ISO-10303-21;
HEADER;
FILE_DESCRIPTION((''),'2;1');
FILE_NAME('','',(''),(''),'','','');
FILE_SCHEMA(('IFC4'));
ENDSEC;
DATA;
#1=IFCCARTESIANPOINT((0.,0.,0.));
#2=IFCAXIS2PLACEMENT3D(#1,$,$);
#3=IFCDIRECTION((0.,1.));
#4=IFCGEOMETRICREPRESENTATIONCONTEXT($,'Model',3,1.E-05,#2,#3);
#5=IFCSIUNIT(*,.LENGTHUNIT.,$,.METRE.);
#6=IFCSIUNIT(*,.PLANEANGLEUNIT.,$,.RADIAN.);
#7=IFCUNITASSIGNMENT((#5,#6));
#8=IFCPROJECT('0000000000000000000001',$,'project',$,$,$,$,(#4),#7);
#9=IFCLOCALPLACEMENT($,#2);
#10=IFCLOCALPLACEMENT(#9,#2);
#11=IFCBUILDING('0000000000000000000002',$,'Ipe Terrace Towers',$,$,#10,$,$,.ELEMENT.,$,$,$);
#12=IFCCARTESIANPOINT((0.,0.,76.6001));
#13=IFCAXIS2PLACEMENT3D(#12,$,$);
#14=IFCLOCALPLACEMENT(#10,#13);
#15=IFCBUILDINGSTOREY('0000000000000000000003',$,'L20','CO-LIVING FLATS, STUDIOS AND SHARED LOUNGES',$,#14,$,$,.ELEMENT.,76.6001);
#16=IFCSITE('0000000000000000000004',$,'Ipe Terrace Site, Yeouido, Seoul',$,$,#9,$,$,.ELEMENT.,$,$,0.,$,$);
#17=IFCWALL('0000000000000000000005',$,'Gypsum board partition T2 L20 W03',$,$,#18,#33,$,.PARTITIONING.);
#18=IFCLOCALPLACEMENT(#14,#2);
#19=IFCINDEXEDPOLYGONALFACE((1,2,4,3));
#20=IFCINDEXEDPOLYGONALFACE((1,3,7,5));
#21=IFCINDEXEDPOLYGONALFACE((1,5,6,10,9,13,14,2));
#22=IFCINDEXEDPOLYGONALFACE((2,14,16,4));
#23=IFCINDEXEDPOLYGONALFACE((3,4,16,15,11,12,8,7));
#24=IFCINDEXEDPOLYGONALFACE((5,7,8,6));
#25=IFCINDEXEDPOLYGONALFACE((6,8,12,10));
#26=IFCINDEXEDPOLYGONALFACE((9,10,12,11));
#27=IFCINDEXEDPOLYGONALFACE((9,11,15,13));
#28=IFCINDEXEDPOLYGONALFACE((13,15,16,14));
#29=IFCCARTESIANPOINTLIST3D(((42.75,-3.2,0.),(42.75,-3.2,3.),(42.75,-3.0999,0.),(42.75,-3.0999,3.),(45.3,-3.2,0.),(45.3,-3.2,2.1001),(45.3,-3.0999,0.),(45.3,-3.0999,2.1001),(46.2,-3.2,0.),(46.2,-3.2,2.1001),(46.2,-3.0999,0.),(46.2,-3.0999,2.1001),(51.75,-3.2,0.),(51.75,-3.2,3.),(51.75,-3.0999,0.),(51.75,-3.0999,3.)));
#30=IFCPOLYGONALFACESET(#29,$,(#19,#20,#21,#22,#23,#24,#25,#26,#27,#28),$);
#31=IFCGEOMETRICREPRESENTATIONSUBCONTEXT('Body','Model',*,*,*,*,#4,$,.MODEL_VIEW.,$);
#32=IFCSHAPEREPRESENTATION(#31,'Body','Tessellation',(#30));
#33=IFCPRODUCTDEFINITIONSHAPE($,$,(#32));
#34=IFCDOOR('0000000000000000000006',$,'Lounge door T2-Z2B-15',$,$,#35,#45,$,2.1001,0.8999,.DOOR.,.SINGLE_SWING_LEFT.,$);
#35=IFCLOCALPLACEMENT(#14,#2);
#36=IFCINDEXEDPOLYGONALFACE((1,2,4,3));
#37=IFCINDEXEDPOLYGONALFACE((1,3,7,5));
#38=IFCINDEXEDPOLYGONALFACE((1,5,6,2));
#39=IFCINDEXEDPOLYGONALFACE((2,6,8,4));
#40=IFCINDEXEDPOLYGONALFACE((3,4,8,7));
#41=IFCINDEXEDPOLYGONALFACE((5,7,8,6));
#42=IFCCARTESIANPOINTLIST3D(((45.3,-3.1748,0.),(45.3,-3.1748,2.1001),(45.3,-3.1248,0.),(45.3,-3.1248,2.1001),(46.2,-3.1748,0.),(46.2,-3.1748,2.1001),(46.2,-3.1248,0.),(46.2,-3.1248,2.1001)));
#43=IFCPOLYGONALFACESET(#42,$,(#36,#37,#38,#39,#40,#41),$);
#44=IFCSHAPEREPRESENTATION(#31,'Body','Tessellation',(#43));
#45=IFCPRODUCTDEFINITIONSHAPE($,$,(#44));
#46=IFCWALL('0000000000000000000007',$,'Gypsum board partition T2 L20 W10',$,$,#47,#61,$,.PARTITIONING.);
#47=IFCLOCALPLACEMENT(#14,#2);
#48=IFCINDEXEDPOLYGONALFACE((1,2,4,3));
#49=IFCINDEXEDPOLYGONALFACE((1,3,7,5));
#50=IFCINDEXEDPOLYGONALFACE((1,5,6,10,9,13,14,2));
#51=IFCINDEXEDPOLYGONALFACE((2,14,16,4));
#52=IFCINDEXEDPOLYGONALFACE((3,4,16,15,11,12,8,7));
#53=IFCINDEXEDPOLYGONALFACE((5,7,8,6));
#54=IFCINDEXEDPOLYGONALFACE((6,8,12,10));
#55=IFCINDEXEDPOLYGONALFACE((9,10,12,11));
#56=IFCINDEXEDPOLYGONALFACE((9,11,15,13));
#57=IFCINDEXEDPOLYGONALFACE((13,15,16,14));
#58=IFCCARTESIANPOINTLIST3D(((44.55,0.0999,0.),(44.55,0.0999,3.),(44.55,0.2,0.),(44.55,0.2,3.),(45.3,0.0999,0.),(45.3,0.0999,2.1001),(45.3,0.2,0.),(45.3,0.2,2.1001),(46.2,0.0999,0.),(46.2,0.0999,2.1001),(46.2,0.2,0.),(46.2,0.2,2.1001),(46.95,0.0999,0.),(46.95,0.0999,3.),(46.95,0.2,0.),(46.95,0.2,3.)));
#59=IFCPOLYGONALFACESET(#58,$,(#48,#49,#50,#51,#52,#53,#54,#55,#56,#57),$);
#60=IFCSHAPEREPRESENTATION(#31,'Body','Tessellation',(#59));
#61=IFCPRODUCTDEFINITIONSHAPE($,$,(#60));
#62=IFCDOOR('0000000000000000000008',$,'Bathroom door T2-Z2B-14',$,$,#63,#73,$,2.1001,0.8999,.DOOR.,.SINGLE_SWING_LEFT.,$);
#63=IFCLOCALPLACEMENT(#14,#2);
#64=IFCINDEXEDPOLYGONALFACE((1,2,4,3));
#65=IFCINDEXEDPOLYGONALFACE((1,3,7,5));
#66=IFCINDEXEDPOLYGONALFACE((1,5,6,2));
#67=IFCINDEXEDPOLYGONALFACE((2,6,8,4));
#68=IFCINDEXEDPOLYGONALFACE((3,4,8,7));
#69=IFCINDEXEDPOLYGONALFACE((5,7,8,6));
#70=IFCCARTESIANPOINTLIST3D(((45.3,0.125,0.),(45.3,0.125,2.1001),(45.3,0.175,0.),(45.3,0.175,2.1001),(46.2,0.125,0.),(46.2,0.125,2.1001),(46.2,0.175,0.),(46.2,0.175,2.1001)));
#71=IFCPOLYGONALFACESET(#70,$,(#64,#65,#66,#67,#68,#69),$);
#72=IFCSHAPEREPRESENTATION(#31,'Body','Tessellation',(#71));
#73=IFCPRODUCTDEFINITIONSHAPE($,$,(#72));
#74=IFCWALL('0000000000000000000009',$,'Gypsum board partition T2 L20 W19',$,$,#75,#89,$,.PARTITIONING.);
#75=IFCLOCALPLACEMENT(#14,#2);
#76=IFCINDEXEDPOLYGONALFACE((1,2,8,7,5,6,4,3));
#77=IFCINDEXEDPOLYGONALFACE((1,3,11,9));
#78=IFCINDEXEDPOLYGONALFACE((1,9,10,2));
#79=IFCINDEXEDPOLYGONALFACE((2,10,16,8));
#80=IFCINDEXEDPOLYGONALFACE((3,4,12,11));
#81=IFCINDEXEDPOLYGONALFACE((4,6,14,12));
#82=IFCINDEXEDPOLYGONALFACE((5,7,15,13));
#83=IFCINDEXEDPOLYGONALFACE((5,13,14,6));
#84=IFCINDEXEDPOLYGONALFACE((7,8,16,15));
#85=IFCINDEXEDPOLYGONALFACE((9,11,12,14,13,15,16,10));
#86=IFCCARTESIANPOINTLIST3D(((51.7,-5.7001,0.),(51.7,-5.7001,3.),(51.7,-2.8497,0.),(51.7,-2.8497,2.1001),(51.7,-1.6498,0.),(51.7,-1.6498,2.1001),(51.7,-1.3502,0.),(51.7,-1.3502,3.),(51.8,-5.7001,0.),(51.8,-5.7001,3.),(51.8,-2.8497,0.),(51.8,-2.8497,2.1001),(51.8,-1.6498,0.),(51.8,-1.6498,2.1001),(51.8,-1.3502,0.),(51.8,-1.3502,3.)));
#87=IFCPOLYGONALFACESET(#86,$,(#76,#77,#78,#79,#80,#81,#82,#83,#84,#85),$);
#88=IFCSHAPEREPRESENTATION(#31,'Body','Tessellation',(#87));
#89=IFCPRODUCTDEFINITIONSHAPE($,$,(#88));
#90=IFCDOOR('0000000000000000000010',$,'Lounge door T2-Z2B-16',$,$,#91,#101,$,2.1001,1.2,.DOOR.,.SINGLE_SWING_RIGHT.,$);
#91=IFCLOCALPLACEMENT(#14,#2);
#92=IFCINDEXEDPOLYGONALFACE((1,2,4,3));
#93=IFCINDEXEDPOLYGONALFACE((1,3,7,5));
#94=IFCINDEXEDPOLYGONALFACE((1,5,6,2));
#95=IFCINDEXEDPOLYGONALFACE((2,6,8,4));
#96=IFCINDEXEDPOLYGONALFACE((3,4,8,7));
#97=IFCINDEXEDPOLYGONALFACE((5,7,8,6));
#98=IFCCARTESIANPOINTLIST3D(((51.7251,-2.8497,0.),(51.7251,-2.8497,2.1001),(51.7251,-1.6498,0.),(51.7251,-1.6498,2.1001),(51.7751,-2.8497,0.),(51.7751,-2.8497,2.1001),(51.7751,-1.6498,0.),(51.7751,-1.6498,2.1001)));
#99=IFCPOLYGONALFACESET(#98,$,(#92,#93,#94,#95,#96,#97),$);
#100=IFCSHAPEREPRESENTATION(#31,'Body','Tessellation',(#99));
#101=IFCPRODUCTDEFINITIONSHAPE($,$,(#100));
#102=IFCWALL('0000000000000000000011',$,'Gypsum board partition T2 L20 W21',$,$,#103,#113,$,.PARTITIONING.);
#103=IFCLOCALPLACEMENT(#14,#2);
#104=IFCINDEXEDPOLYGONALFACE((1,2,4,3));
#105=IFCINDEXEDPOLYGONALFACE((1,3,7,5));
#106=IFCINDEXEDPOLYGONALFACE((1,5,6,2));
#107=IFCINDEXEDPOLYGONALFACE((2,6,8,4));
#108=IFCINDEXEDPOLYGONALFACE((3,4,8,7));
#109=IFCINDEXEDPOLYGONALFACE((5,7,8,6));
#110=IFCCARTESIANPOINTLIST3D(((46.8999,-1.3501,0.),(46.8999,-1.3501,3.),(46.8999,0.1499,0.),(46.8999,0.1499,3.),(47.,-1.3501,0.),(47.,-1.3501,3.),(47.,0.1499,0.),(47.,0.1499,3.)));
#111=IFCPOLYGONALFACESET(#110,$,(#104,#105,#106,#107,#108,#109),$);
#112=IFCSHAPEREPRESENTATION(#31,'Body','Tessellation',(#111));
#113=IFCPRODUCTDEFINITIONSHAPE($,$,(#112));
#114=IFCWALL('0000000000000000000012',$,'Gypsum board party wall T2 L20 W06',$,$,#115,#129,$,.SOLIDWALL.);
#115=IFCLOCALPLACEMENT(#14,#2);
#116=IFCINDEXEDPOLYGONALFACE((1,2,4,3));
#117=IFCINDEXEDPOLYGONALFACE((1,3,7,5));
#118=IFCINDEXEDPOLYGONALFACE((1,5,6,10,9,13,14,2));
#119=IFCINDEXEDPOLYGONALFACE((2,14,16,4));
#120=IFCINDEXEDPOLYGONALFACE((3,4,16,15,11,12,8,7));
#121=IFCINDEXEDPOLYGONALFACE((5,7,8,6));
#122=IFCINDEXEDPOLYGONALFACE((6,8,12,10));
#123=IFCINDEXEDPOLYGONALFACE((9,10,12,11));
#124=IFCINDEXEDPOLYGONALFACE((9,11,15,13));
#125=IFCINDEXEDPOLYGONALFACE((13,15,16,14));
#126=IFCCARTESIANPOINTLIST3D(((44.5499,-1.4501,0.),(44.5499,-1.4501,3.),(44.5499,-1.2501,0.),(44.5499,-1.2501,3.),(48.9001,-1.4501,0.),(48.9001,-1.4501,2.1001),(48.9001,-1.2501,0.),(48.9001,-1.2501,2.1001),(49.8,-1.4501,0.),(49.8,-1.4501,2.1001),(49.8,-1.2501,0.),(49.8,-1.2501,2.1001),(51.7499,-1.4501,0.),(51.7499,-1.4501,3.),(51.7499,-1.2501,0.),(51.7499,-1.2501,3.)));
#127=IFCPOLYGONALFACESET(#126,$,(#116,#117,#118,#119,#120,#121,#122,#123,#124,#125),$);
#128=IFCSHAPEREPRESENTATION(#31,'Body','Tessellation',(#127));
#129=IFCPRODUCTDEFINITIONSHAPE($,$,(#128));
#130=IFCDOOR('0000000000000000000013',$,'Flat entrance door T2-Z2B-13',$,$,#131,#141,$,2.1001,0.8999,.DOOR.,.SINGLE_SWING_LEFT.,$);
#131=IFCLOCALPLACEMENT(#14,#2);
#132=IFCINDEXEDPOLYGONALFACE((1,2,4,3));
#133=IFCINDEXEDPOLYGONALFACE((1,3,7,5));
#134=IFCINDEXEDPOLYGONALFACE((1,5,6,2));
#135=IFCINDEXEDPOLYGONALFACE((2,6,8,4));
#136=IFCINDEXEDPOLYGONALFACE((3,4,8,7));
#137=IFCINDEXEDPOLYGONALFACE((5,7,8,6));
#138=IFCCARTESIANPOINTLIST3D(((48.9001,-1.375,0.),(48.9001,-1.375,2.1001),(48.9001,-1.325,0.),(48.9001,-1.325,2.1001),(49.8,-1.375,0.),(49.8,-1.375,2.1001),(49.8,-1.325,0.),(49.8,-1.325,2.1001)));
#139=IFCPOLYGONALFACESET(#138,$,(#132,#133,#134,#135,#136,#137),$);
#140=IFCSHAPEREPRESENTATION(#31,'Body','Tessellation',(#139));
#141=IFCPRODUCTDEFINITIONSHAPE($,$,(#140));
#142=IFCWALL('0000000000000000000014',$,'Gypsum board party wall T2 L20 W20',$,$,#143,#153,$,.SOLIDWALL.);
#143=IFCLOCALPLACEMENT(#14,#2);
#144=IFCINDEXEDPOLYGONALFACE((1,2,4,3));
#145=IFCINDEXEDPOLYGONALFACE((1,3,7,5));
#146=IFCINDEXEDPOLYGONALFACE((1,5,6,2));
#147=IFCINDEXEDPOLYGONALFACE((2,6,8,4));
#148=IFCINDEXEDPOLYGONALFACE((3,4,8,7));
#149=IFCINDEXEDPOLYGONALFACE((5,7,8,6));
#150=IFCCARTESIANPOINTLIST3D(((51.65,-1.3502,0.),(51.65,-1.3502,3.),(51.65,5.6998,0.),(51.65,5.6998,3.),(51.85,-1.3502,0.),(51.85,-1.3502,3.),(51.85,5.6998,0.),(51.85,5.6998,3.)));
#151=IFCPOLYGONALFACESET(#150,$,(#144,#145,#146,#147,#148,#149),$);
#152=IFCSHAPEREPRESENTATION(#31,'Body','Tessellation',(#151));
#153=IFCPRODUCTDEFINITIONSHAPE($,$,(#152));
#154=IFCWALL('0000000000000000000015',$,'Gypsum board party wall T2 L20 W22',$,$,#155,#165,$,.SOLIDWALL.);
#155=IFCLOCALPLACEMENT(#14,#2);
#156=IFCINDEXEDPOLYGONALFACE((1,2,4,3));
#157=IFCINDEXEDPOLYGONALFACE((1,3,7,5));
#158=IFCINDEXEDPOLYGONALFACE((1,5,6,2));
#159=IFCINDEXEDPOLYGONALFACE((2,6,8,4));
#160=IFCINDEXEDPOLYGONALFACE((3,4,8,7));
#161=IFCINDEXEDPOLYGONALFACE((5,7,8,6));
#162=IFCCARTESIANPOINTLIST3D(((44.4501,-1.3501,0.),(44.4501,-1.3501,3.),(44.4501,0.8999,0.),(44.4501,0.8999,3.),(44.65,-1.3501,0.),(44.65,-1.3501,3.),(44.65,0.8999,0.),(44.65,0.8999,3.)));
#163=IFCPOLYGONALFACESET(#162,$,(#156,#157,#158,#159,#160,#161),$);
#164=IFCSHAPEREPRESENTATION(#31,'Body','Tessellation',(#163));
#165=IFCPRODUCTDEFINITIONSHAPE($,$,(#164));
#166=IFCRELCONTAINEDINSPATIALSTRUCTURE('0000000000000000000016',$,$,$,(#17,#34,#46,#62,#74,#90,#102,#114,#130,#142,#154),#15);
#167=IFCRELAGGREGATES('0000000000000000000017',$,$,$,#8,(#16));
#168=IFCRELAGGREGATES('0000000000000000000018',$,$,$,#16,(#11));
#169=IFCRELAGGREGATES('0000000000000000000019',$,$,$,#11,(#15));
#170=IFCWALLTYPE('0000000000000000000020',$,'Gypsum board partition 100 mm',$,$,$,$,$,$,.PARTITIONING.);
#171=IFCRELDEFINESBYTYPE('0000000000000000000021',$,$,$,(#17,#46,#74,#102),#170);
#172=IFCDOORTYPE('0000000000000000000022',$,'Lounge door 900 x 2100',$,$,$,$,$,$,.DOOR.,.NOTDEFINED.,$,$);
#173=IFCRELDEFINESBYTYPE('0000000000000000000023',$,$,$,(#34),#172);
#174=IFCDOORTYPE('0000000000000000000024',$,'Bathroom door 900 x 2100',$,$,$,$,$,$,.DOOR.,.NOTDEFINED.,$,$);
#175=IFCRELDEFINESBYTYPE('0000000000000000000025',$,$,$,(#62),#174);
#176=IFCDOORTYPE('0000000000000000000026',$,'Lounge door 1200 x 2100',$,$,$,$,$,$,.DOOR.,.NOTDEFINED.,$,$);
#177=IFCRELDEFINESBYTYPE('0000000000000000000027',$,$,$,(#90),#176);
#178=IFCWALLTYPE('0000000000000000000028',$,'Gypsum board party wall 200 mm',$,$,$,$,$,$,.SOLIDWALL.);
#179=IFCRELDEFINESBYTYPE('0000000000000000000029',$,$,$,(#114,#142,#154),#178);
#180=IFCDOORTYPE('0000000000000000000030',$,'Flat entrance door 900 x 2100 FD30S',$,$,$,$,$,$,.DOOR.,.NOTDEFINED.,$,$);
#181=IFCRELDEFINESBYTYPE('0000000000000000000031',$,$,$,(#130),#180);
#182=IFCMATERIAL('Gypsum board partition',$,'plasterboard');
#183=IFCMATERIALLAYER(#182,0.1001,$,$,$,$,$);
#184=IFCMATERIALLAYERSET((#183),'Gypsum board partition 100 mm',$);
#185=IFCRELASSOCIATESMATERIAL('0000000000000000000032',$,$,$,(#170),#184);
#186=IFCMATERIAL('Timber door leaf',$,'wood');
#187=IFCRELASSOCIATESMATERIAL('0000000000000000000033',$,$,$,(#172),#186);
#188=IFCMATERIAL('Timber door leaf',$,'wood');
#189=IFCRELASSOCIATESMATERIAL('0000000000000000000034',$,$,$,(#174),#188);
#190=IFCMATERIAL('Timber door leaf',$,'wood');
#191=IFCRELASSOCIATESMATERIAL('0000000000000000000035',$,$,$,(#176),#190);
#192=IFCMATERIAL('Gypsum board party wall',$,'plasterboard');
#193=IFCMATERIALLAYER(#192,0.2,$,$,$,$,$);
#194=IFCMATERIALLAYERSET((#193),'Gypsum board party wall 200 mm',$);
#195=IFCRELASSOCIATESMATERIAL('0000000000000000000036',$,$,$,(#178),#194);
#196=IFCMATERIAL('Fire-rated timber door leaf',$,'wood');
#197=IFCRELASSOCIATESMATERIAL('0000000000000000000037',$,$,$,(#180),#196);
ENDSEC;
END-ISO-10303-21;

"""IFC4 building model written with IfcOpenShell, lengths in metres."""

from ifc_helpers import new_model, si_unit, direction, frame, frame_2d, origin, place, context, subcontext, project, spatial, rectangle, extrude, material, layer, layer_set, type_object, element, fill, save


model = new_model("IFC4")

# Units and contexts
model_context = context("Model", 3, precision=1e-05, world=origin(), true_north=direction((0.0, 1.0)))
body_context = subcontext(model_context, "Body", "Model", "MODEL_VIEW")
ifc_project = project(units=[si_unit("LENGTHUNIT", "METRE"), si_unit("PLANEANGLEUNIT", "RADIAN")], contexts=[model_context])

# Site, building, storey
site_placement = place(None, origin())
site = spatial("IfcSite", under=ifc_project, at=site_placement, Name="Ipe Terrace Site, Yeouido, Seoul", CompositionType="ELEMENT", RefElevation=0.0)
building_placement = place(site_placement, origin())
building = spatial("IfcBuilding", under=site, at=building_placement, Name="Ipe Terrace Towers", CompositionType="ELEMENT")
storey_placement = place(building_placement, frame((0.0, 0.0, 76.6001)))
storey = spatial("IfcBuildingStorey", under=building, at=storey_placement, Name="L20", Description="CO-LIVING FLATS, STUDIOS AND SHARED LOUNGES", CompositionType="ELEMENT", Elevation=76.6001)

# Walls, openings, doors
ifc_material_1 = material(Name="Gypsum board partition", Category="plasterboard")
ifc_layer_1 = layer(ifc_material_1, 0.1001)
ifc_layer_set_1 = layer_set([ifc_layer_1], Name="Gypsum board partition 100 mm")
wall_type_1 = type_object("IfcWallType", Name="Gypsum board partition 100 mm", PredefinedType="PARTITIONING", material=ifc_layer_set_1)
wall_1_placement = place(storey_placement, frame((51.75, -3.1499, 0.0), z_axis=(0.0, 0.0, 1.0), x_axis=(-1.0, 0.0, 0.0)))
wall_1 = element("IfcWall", 1, at=wall_1_placement, inside=storey, type_object=wall_type_1, Name="Gypsum board partition T2 L20 W03", PredefinedType="PARTITIONING", context=body_context, shape_type="SweptSolid", body=[
    extrude(rectangle(XDim=9.0, YDim=0.1001, at=frame_2d((4.5, 0.0))), origin(), (0.0, 0.0, 1.0), 3.0),
])
opening_1_placement = place(wall_1_placement, frame((5.55, 0.0, 0.0)))
opening_1 = element("IfcOpeningElement", 2, at=opening_1_placement, cuts=wall_1, PredefinedType="OPENING", context=body_context, shape_type="SweptSolid", body=[
    extrude(rectangle(XDim=0.8999, YDim=2.1001, at=frame_2d((0.45, 1.05))), frame((0.0, 0.0601, 0.0), z_axis=(0.0, -1.0, 0.0), x_axis=(1.0, 0.0, 0.0)), (0.0, 0.0, 1.0), 0.1201),
])
ifc_material_2 = material(Name="Timber door leaf", Category="wood")
door_type_1 = type_object("IfcDoorType", Name="Lounge door 900 x 2100", OperationType="NOTDEFINED", PredefinedType="DOOR", material=ifc_material_2)
door_1_placement = place(opening_1_placement, origin())
door_1 = element("IfcDoor", 3, at=door_1_placement, inside=storey, type_object=door_type_1, Name="Lounge door T2-Z2B-15", OperationType="SINGLE_SWING_LEFT", OverallHeight=2.1001, OverallWidth=0.8999, PredefinedType="DOOR", context=body_context, shape_type="SweptSolid", body=[
    extrude(rectangle(XDim=0.8999, YDim=2.1001, at=frame_2d((0.45, 1.05))), frame((0.0, 0.0249, 0.0), z_axis=(0.0, -1.0, 0.0), x_axis=(1.0, 0.0, 0.0)), (0.0, 0.0, 1.0), 0.05),
])
fill(opening_1, door_1)
wall_2_placement = place(storey_placement, frame((46.95, 0.1499, 0.0), z_axis=(0.0, 0.0, 1.0), x_axis=(-1.0, 0.0, 0.0)))
wall_2 = element("IfcWall", 4, at=wall_2_placement, inside=storey, type_object=wall_type_1, Name="Gypsum board partition T2 L20 W10", PredefinedType="PARTITIONING", context=body_context, shape_type="SweptSolid", body=[
    extrude(rectangle(XDim=2.3999, YDim=0.1001, at=frame_2d((1.2, 0.0))), origin(), (0.0, 0.0, 1.0), 3.0),
])
opening_2_placement = place(wall_2_placement, frame((0.75, 0.0, 0.0)))
opening_2 = element("IfcOpeningElement", 5, at=opening_2_placement, cuts=wall_2, PredefinedType="OPENING", context=body_context, shape_type="SweptSolid", body=[
    extrude(rectangle(XDim=0.8999, YDim=2.1001, at=frame_2d((0.45, 1.05))), frame((0.0, 0.0601, 0.0), z_axis=(0.0, -1.0, 0.0), x_axis=(1.0, 0.0, 0.0)), (0.0, 0.0, 1.0), 0.1201),
])
ifc_material_3 = material(Name="Timber door leaf", Category="wood")
door_type_2 = type_object("IfcDoorType", Name="Bathroom door 900 x 2100", OperationType="NOTDEFINED", PredefinedType="DOOR", material=ifc_material_3)
door_2_placement = place(opening_2_placement, origin())
door_2 = element("IfcDoor", 6, at=door_2_placement, inside=storey, type_object=door_type_2, Name="Bathroom door T2-Z2B-14", OperationType="SINGLE_SWING_LEFT", OverallHeight=2.1001, OverallWidth=0.8999, PredefinedType="DOOR", context=body_context, shape_type="SweptSolid", body=[
    extrude(rectangle(XDim=0.8999, YDim=2.1001, at=frame_2d((0.45, 1.05))), frame((0.0, 0.0249, 0.0), z_axis=(0.0, -1.0, 0.0), x_axis=(1.0, 0.0, 0.0)), (0.0, 0.0, 1.0), 0.05),
])
fill(opening_2, door_2)
wall_3_placement = place(storey_placement, frame((51.75, -5.7, 0.0), z_axis=(0.0, 0.0, 1.0), x_axis=(0.0, 1.0, 0.0)))
wall_3 = element("IfcWall", 7, at=wall_3_placement, inside=storey, type_object=wall_type_1, Name="Gypsum board partition T2 L20 W19", PredefinedType="PARTITIONING", context=body_context, shape_type="SweptSolid", body=[
    extrude(rectangle(XDim=4.3499, YDim=0.1001, at=frame_2d((2.1748, 0.0))), origin(), (0.0, 0.0, 1.0), 3.0),
])
opening_3_placement = place(wall_3_placement, frame((2.8501, 0.0, 0.0)))
opening_3 = element("IfcOpeningElement", 8, at=opening_3_placement, cuts=wall_3, PredefinedType="OPENING", context=body_context, shape_type="SweptSolid", body=[
    extrude(rectangle(XDim=1.2, YDim=2.1001, at=frame_2d((0.6001, 1.05))), frame((0.0, 0.0601, 0.0), z_axis=(0.0, -1.0, 0.0), x_axis=(1.0, 0.0, 0.0)), (0.0, 0.0, 1.0), 0.1201),
])
ifc_material_4 = material(Name="Timber door leaf", Category="wood")
door_type_3 = type_object("IfcDoorType", Name="Lounge door 1200 x 2100", OperationType="NOTDEFINED", PredefinedType="DOOR", material=ifc_material_4)
door_3_placement = place(opening_3_placement, origin())
door_3 = element("IfcDoor", 9, at=door_3_placement, inside=storey, type_object=door_type_3, Name="Lounge door T2-Z2B-16", OperationType="SINGLE_SWING_RIGHT", OverallHeight=2.1001, OverallWidth=1.2, PredefinedType="DOOR", context=body_context, shape_type="SweptSolid", body=[
    extrude(rectangle(XDim=1.2, YDim=2.1001, at=frame_2d((0.6001, 1.05))), frame((0.0, 0.0249, 0.0), z_axis=(0.0, -1.0, 0.0), x_axis=(1.0, 0.0, 0.0)), (0.0, 0.0, 1.0), 0.05),
])
fill(opening_3, door_3)

# Wall
wall_4_placement = place(storey_placement, frame((46.95, -1.3501, 0.0), z_axis=(0.0, 0.0, 1.0), x_axis=(0.0, 1.0, 0.0)))
element("IfcWall", 10, at=wall_4_placement, inside=storey, type_object=wall_type_1, Name="Gypsum board partition T2 L20 W21", PredefinedType="PARTITIONING", context=body_context, shape_type="SweptSolid", body=[
    extrude(rectangle(XDim=1.5, YDim=0.1001, at=frame_2d((0.75, 0.0))), origin(), (0.0, 0.0, 1.0), 3.0),
])

# Wall, opening, door
ifc_material_5 = material(Name="Gypsum board party wall", Category="plasterboard")
ifc_layer_2 = layer(ifc_material_5, 0.2)
ifc_layer_set_2 = layer_set([ifc_layer_2], Name="Gypsum board party wall 200 mm")
wall_type_2 = type_object("IfcWallType", Name="Gypsum board party wall 200 mm", PredefinedType="SOLIDWALL", material=ifc_layer_set_2)
wall_5_placement = place(storey_placement, frame((51.75, -1.3501, 0.0), z_axis=(0.0, 0.0, 1.0), x_axis=(-1.0, 0.0, 0.0)))
wall_5 = element("IfcWall", 11, at=wall_5_placement, inside=storey, type_object=wall_type_2, Name="Gypsum board party wall T2 L20 W06", PredefinedType="SOLIDWALL", context=body_context, shape_type="SweptSolid", body=[
    extrude(rectangle(XDim=7.2, YDim=0.2, at=frame_2d((3.6001, 0.0))), origin(), (0.0, 0.0, 1.0), 3.0),
])
opening_4_placement = place(wall_5_placement, frame((1.95, 0.0, 0.0)))
opening_4 = element("IfcOpeningElement", 12, at=opening_4_placement, cuts=wall_5, PredefinedType="OPENING", context=body_context, shape_type="SweptSolid", body=[
    extrude(rectangle(XDim=0.8999, YDim=2.1001, at=frame_2d((0.45, 1.05))), frame((0.0, 0.1099, 0.0), z_axis=(0.0, -1.0, 0.0), x_axis=(1.0, 0.0, 0.0)), (0.0, 0.0, 1.0), 0.22),
])
ifc_material_6 = material(Name="Fire-rated timber door leaf", Category="wood")
door_type_4 = type_object("IfcDoorType", Name="Flat entrance door 900 x 2100 FD30S", OperationType="NOTDEFINED", PredefinedType="DOOR", material=ifc_material_6)
door_4_placement = place(opening_4_placement, origin())
door_4 = element("IfcDoor", 13, at=door_4_placement, inside=storey, type_object=door_type_4, Name="Flat entrance door T2-Z2B-13", OperationType="SINGLE_SWING_LEFT", OverallHeight=2.1001, OverallWidth=0.8999, PredefinedType="DOOR", context=body_context, shape_type="SweptSolid", body=[
    extrude(rectangle(XDim=0.8999, YDim=2.1001, at=frame_2d((0.45, 1.05))), frame((0.0, 0.0249, 0.0), z_axis=(0.0, -1.0, 0.0), x_axis=(1.0, 0.0, 0.0)), (0.0, 0.0, 1.0), 0.05),
])
fill(opening_4, door_4)

# Walls
wall_6_placement = place(storey_placement, frame((51.75, -1.3501, 0.0), z_axis=(0.0, 0.0, 1.0), x_axis=(0.0, 1.0, 0.0)))
element("IfcWall", 14, at=wall_6_placement, inside=storey, type_object=wall_type_2, Name="Gypsum board party wall T2 L20 W20", PredefinedType="SOLIDWALL", context=body_context, shape_type="SweptSolid", body=[
    extrude(rectangle(XDim=7.05, YDim=0.2, at=frame_2d((3.5249, 0.0))), origin(), (0.0, 0.0, 1.0), 3.0),
])
wall_7_placement = place(storey_placement, frame((44.55, -1.3501, 0.0), z_axis=(0.0, 0.0, 1.0), x_axis=(0.0, 1.0, 0.0)))
element("IfcWall", 15, at=wall_7_placement, inside=storey, type_object=wall_type_2, Name="Gypsum board party wall T2 L20 W22", PredefinedType="SOLIDWALL", context=body_context, shape_type="SweptSolid", body=[
    extrude(rectangle(XDim=2.25, YDim=0.2, at=frame_2d((1.125, 0.0))), origin(), (0.0, 0.0, 1.0), 3.0),
])

save(model, "model.ifc")
